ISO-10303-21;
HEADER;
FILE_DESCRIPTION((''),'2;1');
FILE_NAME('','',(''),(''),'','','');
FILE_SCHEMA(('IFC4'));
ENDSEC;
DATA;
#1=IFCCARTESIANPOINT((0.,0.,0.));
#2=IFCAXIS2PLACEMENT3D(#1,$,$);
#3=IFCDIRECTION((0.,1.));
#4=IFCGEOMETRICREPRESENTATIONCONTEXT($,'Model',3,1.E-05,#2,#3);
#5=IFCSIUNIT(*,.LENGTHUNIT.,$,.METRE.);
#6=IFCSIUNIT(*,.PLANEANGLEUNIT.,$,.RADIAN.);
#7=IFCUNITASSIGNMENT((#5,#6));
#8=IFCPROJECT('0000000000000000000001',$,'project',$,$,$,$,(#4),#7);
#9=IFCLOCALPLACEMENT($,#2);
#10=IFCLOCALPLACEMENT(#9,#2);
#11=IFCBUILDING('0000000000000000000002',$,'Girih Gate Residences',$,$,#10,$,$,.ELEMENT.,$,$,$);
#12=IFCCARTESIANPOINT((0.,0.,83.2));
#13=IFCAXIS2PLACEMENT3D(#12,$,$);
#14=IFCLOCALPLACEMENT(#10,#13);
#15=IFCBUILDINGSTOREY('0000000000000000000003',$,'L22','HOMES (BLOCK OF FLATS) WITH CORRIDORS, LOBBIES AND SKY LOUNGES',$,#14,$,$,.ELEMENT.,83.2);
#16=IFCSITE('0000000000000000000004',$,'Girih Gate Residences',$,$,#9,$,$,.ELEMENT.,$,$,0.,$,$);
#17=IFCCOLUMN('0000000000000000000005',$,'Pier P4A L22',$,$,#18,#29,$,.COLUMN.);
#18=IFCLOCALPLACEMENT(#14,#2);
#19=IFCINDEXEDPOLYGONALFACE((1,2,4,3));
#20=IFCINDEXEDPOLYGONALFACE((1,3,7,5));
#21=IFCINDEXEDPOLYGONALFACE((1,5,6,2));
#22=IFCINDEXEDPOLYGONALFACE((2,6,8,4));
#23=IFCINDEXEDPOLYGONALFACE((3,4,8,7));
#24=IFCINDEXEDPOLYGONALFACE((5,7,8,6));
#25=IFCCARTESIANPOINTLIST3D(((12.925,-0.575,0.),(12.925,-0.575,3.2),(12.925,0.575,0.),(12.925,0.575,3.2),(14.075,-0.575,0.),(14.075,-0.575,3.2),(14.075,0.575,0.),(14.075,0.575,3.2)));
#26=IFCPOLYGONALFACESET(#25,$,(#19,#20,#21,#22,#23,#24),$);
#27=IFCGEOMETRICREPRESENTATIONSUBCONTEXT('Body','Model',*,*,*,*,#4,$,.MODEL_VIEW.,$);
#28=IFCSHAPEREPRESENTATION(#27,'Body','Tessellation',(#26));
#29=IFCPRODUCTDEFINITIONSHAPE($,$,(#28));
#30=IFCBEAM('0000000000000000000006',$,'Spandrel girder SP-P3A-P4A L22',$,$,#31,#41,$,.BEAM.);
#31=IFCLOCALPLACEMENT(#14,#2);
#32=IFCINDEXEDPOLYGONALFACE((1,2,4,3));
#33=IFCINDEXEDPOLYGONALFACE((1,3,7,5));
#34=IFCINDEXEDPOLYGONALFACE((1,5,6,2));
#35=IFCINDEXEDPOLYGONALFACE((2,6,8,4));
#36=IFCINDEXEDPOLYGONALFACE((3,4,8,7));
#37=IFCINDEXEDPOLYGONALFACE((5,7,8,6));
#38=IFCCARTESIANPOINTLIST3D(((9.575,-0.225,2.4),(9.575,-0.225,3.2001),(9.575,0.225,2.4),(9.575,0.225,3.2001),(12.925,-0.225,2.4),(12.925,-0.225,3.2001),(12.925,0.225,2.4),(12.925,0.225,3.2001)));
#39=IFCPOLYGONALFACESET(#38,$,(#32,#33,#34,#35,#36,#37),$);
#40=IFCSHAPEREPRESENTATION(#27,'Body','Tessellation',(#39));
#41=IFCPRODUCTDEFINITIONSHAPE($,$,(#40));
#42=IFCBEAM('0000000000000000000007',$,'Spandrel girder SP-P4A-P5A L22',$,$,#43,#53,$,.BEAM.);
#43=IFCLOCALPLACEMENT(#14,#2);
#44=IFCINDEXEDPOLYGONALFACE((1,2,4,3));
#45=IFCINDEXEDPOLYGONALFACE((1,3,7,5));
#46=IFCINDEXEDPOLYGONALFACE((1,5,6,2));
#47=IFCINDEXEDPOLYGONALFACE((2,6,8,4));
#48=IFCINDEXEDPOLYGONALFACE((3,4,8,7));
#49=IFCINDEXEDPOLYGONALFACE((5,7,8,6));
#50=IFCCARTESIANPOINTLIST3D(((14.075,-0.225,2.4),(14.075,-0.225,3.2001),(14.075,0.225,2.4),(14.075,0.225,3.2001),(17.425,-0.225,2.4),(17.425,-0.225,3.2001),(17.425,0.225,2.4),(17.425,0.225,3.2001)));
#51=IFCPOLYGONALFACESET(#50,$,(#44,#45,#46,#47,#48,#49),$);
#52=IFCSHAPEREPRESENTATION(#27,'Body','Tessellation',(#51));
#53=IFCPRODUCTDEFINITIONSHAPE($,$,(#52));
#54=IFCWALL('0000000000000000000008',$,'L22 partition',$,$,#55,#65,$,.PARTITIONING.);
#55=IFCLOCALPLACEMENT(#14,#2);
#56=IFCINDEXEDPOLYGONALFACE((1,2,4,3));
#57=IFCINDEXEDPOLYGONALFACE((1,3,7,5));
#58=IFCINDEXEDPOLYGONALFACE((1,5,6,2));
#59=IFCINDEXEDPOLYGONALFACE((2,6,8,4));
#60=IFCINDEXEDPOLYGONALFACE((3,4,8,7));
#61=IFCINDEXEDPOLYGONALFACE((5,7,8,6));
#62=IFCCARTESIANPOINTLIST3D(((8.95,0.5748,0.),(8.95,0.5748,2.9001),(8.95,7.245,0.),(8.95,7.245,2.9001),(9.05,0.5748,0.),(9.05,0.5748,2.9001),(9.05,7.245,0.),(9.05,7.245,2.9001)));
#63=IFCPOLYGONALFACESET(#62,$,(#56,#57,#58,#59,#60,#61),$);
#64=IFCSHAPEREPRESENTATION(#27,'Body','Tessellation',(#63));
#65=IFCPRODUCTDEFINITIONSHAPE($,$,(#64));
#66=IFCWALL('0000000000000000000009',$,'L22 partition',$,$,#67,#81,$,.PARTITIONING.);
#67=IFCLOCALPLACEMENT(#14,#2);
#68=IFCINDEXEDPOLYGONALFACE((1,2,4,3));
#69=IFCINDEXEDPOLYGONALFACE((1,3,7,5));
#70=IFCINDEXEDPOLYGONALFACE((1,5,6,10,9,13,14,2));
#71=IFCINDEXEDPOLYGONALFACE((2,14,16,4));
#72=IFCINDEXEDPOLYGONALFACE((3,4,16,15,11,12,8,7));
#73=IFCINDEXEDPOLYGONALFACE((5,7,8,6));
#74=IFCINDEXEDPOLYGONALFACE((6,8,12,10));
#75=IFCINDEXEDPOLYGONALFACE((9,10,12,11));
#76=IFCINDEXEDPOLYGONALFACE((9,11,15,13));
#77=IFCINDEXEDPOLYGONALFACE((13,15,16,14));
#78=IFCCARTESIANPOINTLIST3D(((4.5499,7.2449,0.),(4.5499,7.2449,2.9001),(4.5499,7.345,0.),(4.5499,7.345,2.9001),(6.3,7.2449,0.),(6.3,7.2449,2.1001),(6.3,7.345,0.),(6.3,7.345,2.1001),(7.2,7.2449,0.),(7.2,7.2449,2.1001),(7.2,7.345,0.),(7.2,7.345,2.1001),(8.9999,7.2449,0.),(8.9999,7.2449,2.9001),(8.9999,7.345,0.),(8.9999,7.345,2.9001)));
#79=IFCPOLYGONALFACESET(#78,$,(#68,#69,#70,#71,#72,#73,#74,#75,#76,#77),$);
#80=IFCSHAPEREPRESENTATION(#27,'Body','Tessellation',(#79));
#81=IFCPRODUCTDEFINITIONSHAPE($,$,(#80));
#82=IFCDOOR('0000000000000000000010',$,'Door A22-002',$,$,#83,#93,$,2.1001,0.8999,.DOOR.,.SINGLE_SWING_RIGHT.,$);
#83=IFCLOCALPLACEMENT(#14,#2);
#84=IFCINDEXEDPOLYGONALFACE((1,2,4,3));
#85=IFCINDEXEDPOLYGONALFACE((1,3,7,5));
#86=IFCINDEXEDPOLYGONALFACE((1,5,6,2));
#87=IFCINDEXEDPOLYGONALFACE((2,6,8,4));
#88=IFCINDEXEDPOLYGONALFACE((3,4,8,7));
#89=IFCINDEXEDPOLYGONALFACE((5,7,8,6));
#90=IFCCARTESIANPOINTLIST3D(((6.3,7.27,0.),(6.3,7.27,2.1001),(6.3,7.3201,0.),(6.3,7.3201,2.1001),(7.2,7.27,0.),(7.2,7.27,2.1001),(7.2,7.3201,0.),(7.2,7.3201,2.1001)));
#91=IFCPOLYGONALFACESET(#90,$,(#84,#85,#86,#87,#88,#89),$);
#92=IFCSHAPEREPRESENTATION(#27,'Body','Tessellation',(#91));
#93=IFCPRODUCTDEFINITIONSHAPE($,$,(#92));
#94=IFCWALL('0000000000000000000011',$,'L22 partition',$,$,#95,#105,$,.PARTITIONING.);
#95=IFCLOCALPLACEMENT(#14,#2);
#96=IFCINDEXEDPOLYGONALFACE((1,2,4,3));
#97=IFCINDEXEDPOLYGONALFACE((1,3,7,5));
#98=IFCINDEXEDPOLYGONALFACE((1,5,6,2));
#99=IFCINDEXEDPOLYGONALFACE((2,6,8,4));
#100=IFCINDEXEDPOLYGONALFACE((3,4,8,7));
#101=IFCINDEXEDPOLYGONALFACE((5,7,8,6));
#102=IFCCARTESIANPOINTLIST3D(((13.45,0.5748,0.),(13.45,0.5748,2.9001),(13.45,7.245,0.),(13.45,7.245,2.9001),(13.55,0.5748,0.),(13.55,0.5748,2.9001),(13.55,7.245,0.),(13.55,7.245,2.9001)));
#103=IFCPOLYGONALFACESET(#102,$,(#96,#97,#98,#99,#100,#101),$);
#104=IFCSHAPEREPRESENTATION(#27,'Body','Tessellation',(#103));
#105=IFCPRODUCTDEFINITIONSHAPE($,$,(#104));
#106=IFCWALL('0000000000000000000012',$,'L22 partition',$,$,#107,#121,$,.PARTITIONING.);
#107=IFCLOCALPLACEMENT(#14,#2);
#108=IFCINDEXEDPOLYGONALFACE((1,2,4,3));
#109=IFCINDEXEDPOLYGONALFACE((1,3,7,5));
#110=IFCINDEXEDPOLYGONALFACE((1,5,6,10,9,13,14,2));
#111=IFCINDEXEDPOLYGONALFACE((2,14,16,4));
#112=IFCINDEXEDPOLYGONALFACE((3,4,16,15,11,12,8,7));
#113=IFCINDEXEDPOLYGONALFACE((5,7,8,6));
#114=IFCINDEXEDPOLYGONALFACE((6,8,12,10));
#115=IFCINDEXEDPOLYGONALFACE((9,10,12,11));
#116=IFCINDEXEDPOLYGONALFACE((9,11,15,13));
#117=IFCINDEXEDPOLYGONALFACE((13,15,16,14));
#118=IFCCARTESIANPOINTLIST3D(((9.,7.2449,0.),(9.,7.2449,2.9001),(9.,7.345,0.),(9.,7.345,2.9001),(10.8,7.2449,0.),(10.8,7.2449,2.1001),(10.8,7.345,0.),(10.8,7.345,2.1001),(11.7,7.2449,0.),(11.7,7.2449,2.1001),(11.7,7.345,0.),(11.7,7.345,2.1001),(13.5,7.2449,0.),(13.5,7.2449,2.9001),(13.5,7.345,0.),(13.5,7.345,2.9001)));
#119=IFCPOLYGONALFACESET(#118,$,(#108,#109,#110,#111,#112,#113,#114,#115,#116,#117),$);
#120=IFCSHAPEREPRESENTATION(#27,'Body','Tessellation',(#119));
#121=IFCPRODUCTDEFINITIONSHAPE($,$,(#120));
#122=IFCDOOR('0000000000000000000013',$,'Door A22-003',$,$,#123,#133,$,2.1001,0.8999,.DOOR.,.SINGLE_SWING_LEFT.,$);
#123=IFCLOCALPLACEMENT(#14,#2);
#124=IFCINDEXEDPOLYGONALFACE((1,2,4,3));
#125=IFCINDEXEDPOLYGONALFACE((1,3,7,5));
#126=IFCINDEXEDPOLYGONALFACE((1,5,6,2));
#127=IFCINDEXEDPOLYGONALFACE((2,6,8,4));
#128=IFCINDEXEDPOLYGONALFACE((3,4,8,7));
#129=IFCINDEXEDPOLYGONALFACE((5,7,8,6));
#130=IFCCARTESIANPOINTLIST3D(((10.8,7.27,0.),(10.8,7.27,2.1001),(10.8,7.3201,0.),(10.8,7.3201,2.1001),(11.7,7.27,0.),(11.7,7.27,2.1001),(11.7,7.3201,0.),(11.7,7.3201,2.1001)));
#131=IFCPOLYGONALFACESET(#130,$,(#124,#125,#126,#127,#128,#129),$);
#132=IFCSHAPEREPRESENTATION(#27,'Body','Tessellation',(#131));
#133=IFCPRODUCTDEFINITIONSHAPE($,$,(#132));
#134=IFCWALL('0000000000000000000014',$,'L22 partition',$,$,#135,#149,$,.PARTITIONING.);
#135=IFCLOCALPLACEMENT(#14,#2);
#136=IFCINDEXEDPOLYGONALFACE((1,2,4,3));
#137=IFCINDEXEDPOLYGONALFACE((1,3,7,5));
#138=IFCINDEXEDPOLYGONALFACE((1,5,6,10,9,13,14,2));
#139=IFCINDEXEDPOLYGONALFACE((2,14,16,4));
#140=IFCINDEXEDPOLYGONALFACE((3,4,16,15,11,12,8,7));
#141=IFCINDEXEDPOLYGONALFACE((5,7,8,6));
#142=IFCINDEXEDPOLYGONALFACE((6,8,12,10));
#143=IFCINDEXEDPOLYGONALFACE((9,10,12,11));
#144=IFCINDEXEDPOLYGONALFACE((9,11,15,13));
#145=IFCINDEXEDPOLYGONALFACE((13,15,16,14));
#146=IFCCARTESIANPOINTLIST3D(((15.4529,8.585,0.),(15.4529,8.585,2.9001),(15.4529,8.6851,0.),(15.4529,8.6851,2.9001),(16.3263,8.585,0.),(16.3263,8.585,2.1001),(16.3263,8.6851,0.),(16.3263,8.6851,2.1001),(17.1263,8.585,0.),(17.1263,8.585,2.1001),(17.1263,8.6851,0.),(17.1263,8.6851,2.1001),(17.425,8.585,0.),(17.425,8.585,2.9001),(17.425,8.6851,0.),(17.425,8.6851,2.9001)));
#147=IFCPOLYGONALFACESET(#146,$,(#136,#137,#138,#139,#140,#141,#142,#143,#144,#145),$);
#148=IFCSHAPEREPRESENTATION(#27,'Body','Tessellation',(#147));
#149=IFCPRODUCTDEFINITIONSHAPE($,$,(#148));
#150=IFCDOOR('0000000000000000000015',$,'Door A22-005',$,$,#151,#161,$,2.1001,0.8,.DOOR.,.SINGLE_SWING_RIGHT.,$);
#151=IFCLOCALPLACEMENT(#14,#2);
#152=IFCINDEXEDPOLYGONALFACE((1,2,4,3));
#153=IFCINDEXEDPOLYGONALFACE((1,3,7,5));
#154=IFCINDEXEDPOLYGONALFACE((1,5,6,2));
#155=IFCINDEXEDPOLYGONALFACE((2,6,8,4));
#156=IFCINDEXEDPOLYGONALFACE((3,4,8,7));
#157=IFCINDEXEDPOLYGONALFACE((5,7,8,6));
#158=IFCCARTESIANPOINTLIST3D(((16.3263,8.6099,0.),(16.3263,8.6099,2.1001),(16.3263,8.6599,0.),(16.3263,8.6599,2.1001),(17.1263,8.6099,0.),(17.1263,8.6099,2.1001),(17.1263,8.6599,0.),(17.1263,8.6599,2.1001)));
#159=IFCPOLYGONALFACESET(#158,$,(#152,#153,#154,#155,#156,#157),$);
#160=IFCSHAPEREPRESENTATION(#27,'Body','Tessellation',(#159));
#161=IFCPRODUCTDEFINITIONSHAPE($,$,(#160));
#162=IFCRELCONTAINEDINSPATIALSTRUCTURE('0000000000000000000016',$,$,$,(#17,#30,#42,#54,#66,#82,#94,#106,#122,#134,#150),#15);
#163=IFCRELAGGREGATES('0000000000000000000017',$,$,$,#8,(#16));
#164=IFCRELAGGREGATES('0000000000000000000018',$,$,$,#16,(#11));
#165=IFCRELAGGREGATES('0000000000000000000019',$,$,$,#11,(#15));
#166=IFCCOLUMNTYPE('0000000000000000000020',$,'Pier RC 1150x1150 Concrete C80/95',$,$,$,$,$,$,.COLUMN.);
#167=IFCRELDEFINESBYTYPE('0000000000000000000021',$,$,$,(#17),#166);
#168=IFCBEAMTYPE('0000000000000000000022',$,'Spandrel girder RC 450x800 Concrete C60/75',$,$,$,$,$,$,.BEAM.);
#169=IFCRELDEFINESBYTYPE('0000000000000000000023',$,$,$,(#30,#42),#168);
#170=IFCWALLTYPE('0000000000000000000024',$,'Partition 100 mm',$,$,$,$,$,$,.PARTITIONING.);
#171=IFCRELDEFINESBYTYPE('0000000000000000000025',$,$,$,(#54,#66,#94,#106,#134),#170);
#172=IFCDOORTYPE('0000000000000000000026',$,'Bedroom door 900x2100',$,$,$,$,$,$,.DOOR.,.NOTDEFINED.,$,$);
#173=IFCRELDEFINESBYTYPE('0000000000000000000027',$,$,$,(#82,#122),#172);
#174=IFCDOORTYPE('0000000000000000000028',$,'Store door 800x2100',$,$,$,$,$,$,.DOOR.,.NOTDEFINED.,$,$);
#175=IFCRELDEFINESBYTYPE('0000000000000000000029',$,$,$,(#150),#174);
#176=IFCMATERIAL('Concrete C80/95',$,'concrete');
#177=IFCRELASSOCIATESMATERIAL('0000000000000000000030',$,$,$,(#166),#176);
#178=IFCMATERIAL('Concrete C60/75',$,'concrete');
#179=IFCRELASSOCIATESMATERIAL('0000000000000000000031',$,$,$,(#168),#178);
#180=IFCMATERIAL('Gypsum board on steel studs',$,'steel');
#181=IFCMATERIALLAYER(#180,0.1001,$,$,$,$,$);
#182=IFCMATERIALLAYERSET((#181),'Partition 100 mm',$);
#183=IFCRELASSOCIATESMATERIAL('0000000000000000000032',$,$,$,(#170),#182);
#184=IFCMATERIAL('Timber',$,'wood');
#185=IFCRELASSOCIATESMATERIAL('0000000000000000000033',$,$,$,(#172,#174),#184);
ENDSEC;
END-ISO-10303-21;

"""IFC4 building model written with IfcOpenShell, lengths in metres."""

from ifc_helpers import new_model, si_unit, direction, frame, frame_2d, origin, origin_2d, place, context, subcontext, project, spatial, rectangle, extrude, material, layer, layer_set, material_profile, profile_set, type_object, element, fill, save


model = new_model("IFC4")

# Units and contexts
model_context = context("Model", 3, precision=1e-05, world=origin(), true_north=direction((0.0, 1.0)))
body_context = subcontext(model_context, "Body", "Model", "MODEL_VIEW")
ifc_project = project(units=[si_unit("LENGTHUNIT", "METRE"), si_unit("PLANEANGLEUNIT", "RADIAN")], contexts=[model_context])

# Site, building, storey
site_placement = place(None, origin())
site = spatial("IfcSite", under=ifc_project, at=site_placement, Name="Girih Gate Residences", CompositionType="ELEMENT", RefElevation=0.0)
building_placement = place(site_placement, origin())
building = spatial("IfcBuilding", under=site, at=building_placement, Name="Girih Gate Residences", CompositionType="ELEMENT")
storey_placement = place(building_placement, frame((0.0, 0.0, 83.2)))
storey = spatial("IfcBuildingStorey", under=building, at=storey_placement, Name="L22", Description="HOMES (BLOCK OF FLATS) WITH CORRIDORS, LOBBIES AND SKY LOUNGES", CompositionType="ELEMENT", Elevation=83.2)

# Column
ifc_material_1 = material(Name="Concrete C80/95", Category="concrete")
ifc_material_profile_1 = material_profile(ifc_material_1, rectangle(XDim=1.1499, YDim=1.1499, at=origin_2d()))
ifc_profile_set_1 = profile_set([ifc_material_profile_1], Name="Concrete C80/95")
column_type = type_object("IfcColumnType", Name="Pier RC 1150x1150 Concrete C80/95", PredefinedType="COLUMN", material=ifc_profile_set_1)
column_placement = place(storey_placement, frame((13.5, 0.0, 0.0), z_axis=(0.0, 0.0, 1.0), x_axis=(1.0, 0.0, 0.0)))
element("IfcColumn", 1, at=column_placement, inside=storey, type_object=column_type, Name="Pier P4A L22", PredefinedType="COLUMN", context=body_context, shape_type="SweptSolid", body=[
    extrude(rectangle(XDim=1.1499, YDim=1.1499, at=origin_2d()), origin(), (0.0, 0.0, 1.0), 3.2),
])

# Beams
ifc_material_2 = material(Name="Concrete C60/75", Category="concrete")
ifc_material_profile_2 = material_profile(ifc_material_2, rectangle(XDim=0.45, YDim=0.8, at=origin_2d()))
ifc_profile_set_2 = profile_set([ifc_material_profile_2], Name="Concrete C60/75")
beam_type = type_object("IfcBeamType", Name="Spandrel girder RC 450x800 Concrete C60/75", PredefinedType="BEAM", material=ifc_profile_set_2)
for number, where, z_axis, x_axis, name in (
    (2, (9.575, 0.0, 2.8), (1.0, 0.0, 0.0), (0.0, 1.0, 0.0), "Spandrel girder SP-P3A-P4A L22"),
    (3, (14.075, 0.0, 2.8), (1.0, 0.0, 0.0), (0.0, 1.0, 0.0), "Spandrel girder SP-P4A-P5A L22"),
):
    element("IfcBeam", number, at=place(storey_placement, frame(where, z_axis=z_axis, x_axis=x_axis)), inside=storey, type_object=beam_type, Name=name, PredefinedType="BEAM", context=body_context, shape_type="SweptSolid", body=[
        extrude(rectangle(XDim=0.45, YDim=0.8, at=origin_2d()), origin(), (0.0, 0.0, 1.0), 3.3501),
    ])

# Wall
ifc_material_3 = material(Name="Gypsum board on steel studs", Category="steel")
ifc_layer_1 = layer(ifc_material_3, 0.1001)
ifc_layer_set_1 = layer_set([ifc_layer_1], Name="Partition 100 mm")
wall_type_1 = type_object("IfcWallType", Name="Partition 100 mm", PredefinedType="PARTITIONING", material=ifc_layer_set_1)
wall_1_placement = place(storey_placement, frame((9.0, 0.575, 0.0), z_axis=(0.0, 0.0, 1.0), x_axis=(0.0, 1.0, 0.0)))
element("IfcWall", 4, at=wall_1_placement, inside=storey, type_object=wall_type_1, Name="L22 partition", PredefinedType="PARTITIONING", context=body_context, shape_type="SweptSolid", body=[
    extrude(rectangle(XDim=6.6702, YDim=0.1001, at=frame_2d((3.335, 0.0))), origin(), (0.0, 0.0, 1.0), 2.9001),
])

# Wall, opening, door
wall_2_placement = place(storey_placement, frame((9.0, 7.2949, 0.0), z_axis=(0.0, 0.0, 1.0), x_axis=(-1.0, 0.0, 0.0)))
wall_2 = element("IfcWall", 5, at=wall_2_placement, inside=storey, type_object=wall_type_1, Name="L22 partition", PredefinedType="PARTITIONING", context=body_context, shape_type="SweptSolid", body=[
    extrude(rectangle(XDim=4.45, YDim=0.1001, at=frame_2d((2.2251, 0.0))), origin(), (0.0, 0.0, 1.0), 2.9001),
])
opening_1_placement = place(wall_2_placement, frame((1.8, 0.0, 0.0)))
opening_1 = element("IfcOpeningElement", 6, at=opening_1_placement, cuts=wall_2, PredefinedType="OPENING", context=body_context, shape_type="SweptSolid", body=[
    extrude(rectangle(XDim=0.8999, YDim=2.1001, at=frame_2d((0.45, 1.05))), frame((0.0, 0.0601, 0.0), z_axis=(0.0, -1.0, 0.0), x_axis=(1.0, 0.0, 0.0)), (0.0, 0.0, 1.0), 0.1201),
])
ifc_material_4 = material(Name="Timber", Category="wood")
door_type_1 = type_object("IfcDoorType", Name="Bedroom door 900x2100", OperationType="NOTDEFINED", PredefinedType="DOOR", material=ifc_material_4)
door_1_placement = place(opening_1_placement, origin())
door_1 = element("IfcDoor", 7, at=door_1_placement, inside=storey, type_object=door_type_1, Name="Door A22-002", OperationType="SINGLE_SWING_RIGHT", OverallHeight=2.1001, OverallWidth=0.8999, PredefinedType="DOOR", context=body_context, shape_type="SweptSolid", body=[
    extrude(rectangle(XDim=0.8999, YDim=2.1001, at=frame_2d((0.45, 1.05))), frame((0.0, 0.0249, 0.0), z_axis=(0.0, -1.0, 0.0), x_axis=(1.0, 0.0, 0.0)), (0.0, 0.0, 1.0), 0.05),
])
fill(opening_1, door_1)

# Wall
wall_3_placement = place(storey_placement, frame((13.5, 0.575, 0.0), z_axis=(0.0, 0.0, 1.0), x_axis=(0.0, 1.0, 0.0)))
element("IfcWall", 8, at=wall_3_placement, inside=storey, type_object=wall_type_1, Name="L22 partition", PredefinedType="PARTITIONING", context=body_context, shape_type="SweptSolid", body=[
    extrude(rectangle(XDim=6.6702, YDim=0.1001, at=frame_2d((3.335, 0.0))), origin(), (0.0, 0.0, 1.0), 2.9001),
])

# Walls, openings, doors
wall_4_placement = place(storey_placement, frame((13.5, 7.2949, 0.0), z_axis=(0.0, 0.0, 1.0), x_axis=(-1.0, 0.0, 0.0)))
wall_4 = element("IfcWall", 9, at=wall_4_placement, inside=storey, type_object=wall_type_1, Name="L22 partition", PredefinedType="PARTITIONING", context=body_context, shape_type="SweptSolid", body=[
    extrude(rectangle(XDim=4.5, YDim=0.1001, at=frame_2d((2.25, 0.0))), origin(), (0.0, 0.0, 1.0), 2.9001),
])
opening_2_placement = place(wall_4_placement, frame((1.8, 0.0, 0.0)))
opening_2 = element("IfcOpeningElement", 10, at=opening_2_placement, cuts=wall_4, PredefinedType="OPENING", context=body_context, shape_type="SweptSolid", body=[
    extrude(rectangle(XDim=0.8999, YDim=2.1001, at=frame_2d((0.45, 1.05))), frame((0.0, 0.0601, 0.0), z_axis=(0.0, -1.0, 0.0), x_axis=(1.0, 0.0, 0.0)), (0.0, 0.0, 1.0), 0.1201),
])
door_2_placement = place(opening_2_placement, origin())
door_2 = element("IfcDoor", 11, at=door_2_placement, inside=storey, type_object=door_type_1, Name="Door A22-003", OperationType="SINGLE_SWING_LEFT", OverallHeight=2.1001, OverallWidth=0.8999, PredefinedType="DOOR", context=body_context, shape_type="SweptSolid", body=[
    extrude(rectangle(XDim=0.8999, YDim=2.1001, at=frame_2d((0.45, 1.05))), frame((0.0, 0.0249, 0.0), z_axis=(0.0, -1.0, 0.0), x_axis=(1.0, 0.0, 0.0)), (0.0, 0.0, 1.0), 0.05),
])
fill(opening_2, door_2)
wall_5_placement = place(storey_placement, frame((15.4529, 8.635, 0.0), z_axis=(0.0, 0.0, 1.0), x_axis=(1.0, 0.0, 0.0)))
wall_5 = element("IfcWall", 12, at=wall_5_placement, inside=storey, type_object=wall_type_1, Name="L22 partition", PredefinedType="PARTITIONING", context=body_context, shape_type="SweptSolid", body=[
    extrude(rectangle(XDim=1.9722, YDim=0.1001, at=frame_2d((0.9861, 0.0))), origin(), (0.0, 0.0, 1.0), 2.9001),
])
opening_3_placement = place(wall_5_placement, frame((0.8735, 0.0, 0.0)))
opening_3 = element("IfcOpeningElement", 13, at=opening_3_placement, cuts=wall_5, PredefinedType="OPENING", context=body_context, shape_type="SweptSolid", body=[
    extrude(rectangle(XDim=0.8, YDim=2.1001, at=frame_2d((0.3999, 1.05))), frame((0.0, 0.0601, 0.0), z_axis=(0.0, -1.0, 0.0), x_axis=(1.0, 0.0, 0.0)), (0.0, 0.0, 1.0), 0.1201),
])
door_type_2 = type_object("IfcDoorType", Name="Store door 800x2100", OperationType="NOTDEFINED", PredefinedType="DOOR", material=ifc_material_4)
door_3_placement = place(opening_3_placement, origin())
door_3 = element("IfcDoor", 14, at=door_3_placement, inside=storey, type_object=door_type_2, Name="Door A22-005", OperationType="SINGLE_SWING_RIGHT", OverallHeight=2.1001, OverallWidth=0.8, PredefinedType="DOOR", context=body_context, shape_type="SweptSolid", body=[
    extrude(rectangle(XDim=0.8, YDim=2.1001, at=frame_2d((0.3999, 1.05))), frame((0.0, 0.0249, 0.0), z_axis=(0.0, -1.0, 0.0), x_axis=(1.0, 0.0, 0.0)), (0.0, 0.0, 1.0), 0.05),
])
fill(opening_3, door_3)

save(model, "model.ifc")
